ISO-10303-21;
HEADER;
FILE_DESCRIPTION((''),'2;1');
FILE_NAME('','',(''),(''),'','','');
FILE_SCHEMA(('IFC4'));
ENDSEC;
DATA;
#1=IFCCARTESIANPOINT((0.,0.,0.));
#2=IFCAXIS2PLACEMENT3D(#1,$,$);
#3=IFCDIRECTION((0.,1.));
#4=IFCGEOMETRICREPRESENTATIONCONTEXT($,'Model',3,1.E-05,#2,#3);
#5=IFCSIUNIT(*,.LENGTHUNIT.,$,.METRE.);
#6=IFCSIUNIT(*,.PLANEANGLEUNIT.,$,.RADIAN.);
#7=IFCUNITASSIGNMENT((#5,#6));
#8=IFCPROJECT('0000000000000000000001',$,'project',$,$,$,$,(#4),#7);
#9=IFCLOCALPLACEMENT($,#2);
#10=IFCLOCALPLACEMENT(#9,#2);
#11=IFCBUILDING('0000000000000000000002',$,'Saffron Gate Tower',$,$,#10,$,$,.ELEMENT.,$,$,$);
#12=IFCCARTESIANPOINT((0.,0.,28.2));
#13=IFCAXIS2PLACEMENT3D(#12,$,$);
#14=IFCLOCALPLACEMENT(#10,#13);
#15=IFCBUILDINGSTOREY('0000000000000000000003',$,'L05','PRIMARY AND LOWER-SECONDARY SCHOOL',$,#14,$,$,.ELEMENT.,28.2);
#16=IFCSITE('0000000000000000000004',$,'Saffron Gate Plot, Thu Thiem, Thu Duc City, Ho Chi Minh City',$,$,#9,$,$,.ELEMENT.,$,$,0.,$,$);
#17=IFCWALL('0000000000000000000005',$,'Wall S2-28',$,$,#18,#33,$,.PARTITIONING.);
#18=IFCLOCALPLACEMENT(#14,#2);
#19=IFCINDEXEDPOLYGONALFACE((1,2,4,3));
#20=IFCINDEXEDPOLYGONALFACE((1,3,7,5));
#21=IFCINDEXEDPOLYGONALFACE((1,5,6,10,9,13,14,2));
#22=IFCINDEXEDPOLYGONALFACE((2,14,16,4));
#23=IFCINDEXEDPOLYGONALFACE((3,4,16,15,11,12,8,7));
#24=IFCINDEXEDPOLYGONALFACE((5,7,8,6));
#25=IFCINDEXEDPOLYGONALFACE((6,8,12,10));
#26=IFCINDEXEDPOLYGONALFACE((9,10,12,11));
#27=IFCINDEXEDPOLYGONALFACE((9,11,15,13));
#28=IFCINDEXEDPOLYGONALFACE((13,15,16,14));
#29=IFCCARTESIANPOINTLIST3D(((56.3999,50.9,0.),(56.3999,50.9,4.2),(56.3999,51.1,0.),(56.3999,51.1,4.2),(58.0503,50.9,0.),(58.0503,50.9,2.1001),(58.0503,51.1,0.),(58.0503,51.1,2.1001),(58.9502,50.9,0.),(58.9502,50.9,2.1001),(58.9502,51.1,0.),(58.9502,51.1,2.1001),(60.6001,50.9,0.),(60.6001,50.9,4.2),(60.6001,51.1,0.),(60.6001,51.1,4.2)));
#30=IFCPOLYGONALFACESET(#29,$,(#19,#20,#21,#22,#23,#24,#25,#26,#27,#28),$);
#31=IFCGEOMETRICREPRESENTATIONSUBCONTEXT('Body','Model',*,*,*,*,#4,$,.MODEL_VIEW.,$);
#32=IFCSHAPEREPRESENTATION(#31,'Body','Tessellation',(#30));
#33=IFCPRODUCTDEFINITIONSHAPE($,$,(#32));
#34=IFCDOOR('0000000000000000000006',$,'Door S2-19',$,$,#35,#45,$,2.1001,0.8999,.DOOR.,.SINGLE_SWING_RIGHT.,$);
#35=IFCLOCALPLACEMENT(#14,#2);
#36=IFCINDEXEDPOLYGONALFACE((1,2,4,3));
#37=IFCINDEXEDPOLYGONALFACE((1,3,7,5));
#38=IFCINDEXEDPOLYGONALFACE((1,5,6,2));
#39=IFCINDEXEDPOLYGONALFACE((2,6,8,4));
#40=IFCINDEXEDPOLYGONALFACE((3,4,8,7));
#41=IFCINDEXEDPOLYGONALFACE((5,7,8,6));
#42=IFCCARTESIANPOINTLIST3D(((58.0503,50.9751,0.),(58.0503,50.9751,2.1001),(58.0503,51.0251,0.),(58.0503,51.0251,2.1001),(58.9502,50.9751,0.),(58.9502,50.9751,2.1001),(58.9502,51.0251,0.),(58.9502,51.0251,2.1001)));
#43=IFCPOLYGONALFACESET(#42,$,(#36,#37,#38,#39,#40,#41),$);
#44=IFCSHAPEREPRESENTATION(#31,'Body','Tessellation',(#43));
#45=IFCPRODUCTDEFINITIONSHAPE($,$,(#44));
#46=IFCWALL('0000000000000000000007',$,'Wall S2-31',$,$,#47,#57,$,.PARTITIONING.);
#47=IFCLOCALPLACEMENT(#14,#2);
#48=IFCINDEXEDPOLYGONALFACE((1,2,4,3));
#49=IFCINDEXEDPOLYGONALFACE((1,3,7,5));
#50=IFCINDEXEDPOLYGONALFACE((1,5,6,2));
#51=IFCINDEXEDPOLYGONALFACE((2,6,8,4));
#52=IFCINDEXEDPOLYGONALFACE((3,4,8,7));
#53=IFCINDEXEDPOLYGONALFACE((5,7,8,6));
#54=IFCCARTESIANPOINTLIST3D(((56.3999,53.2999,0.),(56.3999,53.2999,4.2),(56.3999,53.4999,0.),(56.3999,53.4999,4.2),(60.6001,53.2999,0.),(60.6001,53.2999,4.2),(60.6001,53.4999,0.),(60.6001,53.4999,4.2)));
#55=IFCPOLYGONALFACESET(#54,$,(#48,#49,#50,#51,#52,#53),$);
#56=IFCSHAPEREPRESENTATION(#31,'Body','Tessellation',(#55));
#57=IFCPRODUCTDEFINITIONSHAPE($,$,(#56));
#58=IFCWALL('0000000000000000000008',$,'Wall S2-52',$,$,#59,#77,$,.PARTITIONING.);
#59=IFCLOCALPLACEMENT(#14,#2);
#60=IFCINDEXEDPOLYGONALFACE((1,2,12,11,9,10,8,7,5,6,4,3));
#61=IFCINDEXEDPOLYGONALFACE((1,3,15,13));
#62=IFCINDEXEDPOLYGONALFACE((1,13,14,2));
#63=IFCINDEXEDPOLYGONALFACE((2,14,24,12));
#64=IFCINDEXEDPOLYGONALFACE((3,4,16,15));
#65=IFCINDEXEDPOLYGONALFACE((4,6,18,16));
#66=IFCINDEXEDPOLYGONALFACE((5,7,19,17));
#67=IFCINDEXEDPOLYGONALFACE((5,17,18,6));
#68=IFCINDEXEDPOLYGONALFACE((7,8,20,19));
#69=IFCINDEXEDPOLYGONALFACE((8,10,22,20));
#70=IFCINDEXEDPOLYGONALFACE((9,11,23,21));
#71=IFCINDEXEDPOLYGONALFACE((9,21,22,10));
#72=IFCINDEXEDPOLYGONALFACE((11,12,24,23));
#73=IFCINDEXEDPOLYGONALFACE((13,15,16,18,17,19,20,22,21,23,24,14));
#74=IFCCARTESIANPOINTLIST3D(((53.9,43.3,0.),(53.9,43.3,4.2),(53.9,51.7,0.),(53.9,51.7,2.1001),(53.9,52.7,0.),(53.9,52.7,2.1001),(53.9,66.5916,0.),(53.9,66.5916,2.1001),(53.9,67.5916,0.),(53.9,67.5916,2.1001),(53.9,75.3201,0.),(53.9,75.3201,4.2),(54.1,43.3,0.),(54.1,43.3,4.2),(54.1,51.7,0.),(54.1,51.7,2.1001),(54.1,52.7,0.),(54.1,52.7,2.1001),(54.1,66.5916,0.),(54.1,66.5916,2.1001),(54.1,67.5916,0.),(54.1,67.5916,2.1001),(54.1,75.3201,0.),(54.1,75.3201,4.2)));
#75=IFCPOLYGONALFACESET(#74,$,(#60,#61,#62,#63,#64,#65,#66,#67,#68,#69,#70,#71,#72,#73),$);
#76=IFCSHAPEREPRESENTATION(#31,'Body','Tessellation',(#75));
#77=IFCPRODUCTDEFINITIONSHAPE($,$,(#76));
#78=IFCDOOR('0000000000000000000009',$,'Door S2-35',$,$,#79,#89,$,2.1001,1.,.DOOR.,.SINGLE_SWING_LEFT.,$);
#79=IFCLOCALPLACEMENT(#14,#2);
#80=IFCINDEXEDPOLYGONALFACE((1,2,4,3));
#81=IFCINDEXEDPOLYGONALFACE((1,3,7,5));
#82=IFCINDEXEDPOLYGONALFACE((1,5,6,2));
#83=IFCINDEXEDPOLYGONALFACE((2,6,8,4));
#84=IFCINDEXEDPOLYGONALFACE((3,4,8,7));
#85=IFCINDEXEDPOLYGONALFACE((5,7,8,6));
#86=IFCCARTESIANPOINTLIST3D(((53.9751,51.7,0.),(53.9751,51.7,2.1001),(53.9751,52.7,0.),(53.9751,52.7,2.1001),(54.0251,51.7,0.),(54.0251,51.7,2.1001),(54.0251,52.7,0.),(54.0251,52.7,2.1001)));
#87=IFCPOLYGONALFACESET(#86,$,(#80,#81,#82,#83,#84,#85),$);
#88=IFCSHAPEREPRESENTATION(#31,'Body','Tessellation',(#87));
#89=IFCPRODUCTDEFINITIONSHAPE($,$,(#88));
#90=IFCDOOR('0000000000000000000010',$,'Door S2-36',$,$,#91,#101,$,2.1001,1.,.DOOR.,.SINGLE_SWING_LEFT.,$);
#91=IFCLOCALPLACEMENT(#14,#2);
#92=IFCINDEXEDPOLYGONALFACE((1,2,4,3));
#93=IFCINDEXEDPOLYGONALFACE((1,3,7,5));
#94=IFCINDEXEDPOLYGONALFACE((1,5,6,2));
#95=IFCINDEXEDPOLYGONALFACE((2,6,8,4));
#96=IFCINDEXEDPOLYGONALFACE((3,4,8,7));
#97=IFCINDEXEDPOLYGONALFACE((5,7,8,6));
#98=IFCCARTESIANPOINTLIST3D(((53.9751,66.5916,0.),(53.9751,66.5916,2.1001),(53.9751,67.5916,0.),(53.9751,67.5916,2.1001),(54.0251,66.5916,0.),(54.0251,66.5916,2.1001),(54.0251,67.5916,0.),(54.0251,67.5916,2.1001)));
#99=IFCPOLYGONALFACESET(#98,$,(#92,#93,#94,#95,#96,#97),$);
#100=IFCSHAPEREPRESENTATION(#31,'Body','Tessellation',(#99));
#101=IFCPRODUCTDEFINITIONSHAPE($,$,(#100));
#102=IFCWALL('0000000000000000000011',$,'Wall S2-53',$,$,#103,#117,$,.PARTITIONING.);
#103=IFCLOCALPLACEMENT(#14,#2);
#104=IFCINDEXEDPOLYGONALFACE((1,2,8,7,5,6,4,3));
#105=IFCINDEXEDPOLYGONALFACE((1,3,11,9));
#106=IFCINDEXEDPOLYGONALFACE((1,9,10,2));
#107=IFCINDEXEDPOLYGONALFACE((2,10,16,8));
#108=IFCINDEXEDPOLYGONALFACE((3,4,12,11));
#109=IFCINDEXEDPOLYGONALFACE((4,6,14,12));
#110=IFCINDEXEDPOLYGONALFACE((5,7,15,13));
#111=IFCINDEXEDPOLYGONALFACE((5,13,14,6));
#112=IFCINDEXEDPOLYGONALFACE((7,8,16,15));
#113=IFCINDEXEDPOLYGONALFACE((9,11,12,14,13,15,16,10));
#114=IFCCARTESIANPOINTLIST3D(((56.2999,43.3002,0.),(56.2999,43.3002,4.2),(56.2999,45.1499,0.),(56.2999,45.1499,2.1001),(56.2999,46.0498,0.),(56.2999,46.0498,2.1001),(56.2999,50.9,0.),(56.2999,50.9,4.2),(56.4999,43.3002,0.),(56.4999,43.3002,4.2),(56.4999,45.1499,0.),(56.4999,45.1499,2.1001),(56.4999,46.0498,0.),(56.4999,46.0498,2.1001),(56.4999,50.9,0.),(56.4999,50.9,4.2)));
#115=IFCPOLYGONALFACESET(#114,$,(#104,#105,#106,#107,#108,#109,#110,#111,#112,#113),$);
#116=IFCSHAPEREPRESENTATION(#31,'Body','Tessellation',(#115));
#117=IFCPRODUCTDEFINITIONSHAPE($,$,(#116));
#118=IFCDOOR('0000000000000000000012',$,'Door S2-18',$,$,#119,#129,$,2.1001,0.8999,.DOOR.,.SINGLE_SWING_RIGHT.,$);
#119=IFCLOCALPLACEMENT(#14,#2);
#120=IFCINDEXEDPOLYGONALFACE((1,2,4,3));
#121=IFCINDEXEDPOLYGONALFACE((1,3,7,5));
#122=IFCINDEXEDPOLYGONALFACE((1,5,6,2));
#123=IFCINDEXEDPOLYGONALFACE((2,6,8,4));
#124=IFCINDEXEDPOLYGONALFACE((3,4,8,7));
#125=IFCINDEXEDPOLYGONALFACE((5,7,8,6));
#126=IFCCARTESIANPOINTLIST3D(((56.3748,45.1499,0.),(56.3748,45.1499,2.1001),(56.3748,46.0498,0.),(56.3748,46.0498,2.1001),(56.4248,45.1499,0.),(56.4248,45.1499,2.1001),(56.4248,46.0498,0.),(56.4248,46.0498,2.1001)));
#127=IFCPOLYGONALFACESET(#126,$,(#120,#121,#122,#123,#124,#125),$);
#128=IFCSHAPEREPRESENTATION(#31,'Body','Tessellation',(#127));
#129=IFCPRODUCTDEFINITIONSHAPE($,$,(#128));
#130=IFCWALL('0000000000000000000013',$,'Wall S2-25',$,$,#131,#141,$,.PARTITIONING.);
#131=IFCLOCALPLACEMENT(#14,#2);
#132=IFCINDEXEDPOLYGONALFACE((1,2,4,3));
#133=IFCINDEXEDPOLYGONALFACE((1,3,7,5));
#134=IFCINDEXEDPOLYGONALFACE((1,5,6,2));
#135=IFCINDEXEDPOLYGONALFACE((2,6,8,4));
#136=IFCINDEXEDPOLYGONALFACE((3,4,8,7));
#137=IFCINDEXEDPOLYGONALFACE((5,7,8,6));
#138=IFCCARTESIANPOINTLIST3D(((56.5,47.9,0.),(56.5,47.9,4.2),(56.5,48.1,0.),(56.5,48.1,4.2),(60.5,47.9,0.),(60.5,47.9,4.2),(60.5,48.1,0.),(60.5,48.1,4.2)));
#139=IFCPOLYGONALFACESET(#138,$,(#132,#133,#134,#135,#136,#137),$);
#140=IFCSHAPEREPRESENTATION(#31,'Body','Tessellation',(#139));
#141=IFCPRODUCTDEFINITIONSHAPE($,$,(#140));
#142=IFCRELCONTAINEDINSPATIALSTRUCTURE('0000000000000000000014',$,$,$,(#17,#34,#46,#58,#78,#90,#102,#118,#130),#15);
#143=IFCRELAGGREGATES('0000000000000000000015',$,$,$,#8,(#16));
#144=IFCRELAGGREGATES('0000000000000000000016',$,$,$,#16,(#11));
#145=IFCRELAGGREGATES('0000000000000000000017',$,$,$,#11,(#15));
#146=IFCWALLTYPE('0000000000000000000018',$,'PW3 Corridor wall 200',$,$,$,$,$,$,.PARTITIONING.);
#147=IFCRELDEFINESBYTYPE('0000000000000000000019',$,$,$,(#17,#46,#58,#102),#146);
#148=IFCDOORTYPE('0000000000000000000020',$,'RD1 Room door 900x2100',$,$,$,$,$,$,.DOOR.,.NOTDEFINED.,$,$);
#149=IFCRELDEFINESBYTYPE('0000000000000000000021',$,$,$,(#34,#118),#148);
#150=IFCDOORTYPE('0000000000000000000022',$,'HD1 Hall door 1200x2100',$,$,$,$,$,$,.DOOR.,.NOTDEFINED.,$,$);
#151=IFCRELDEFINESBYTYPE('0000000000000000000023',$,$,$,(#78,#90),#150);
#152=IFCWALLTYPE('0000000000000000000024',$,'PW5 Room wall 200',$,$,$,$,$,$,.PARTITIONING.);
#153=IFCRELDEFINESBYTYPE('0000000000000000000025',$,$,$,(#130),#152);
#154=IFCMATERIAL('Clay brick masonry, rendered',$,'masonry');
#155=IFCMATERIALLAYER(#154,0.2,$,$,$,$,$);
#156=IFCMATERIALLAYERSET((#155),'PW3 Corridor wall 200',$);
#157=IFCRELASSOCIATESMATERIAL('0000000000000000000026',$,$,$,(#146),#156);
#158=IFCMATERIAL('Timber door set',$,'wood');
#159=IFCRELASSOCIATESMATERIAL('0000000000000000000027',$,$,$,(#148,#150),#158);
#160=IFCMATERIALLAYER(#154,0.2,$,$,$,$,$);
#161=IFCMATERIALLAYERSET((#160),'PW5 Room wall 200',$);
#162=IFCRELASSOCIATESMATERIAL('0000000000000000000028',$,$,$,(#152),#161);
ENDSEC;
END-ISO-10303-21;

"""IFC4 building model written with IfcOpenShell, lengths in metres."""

from ifc_helpers import new_model, si_unit, direction, frame, frame_2d, origin, place, context, subcontext, project, spatial, rectangle, extrude, material, layer, layer_set, type_object, element, fill, save


model = new_model("IFC4")

# Units and contexts
model_context = context("Model", 3, precision=1e-05, world=origin(), true_north=direction((0.0, 1.0)))
body_context = subcontext(model_context, "Body", "Model", "MODEL_VIEW")
ifc_project = project(units=[si_unit("LENGTHUNIT", "METRE"), si_unit("PLANEANGLEUNIT", "RADIAN")], contexts=[model_context])

# Site, building, storey
site_placement = place(None, origin())
site = spatial("IfcSite", under=ifc_project, at=site_placement, Name="Saffron Gate Plot, Thu Thiem, Thu Duc City, Ho Chi Minh City", CompositionType="ELEMENT", RefElevation=0.0)
building_placement = place(site_placement, origin())
building = spatial("IfcBuilding", under=site, at=building_placement, Name="Saffron Gate Tower", CompositionType="ELEMENT")
storey_placement = place(building_placement, frame((0.0, 0.0, 28.2)))
storey = spatial("IfcBuildingStorey", under=building, at=storey_placement, Name="L05", Description="PRIMARY AND LOWER-SECONDARY SCHOOL", CompositionType="ELEMENT", Elevation=28.2)

# Shared definitions
ifc_material_1 = material(Name="Clay brick masonry, rendered", Category="masonry")
ifc_layer_1 = layer(ifc_material_1, 0.2)
ifc_layer_set_1 = layer_set([ifc_layer_1], Name="PW3 Corridor wall 200")
wall_type_1 = type_object("IfcWallType", Name="PW3 Corridor wall 200", PredefinedType="PARTITIONING", material=ifc_layer_set_1)

# Wall, opening, door
wall_1_placement = place(storey_placement, frame((60.6001, 51.0, 0.0), z_axis=(0.0, 0.0, 1.0), x_axis=(-1.0, 0.0, 0.0)))
wall_1 = element("IfcWall", 1, at=wall_1_placement, inside=storey, type_object=wall_type_1, Name="Wall S2-28", PredefinedType="PARTITIONING", context=body_context, shape_type="SweptSolid", body=[
    extrude(rectangle(XDim=4.2002, YDim=0.2, at=frame_2d((2.1001, 0.0))), origin(), (0.0, 0.0, 1.0), 4.2),
])
opening_1_placement = place(wall_1_placement, frame((1.6499, 0.0, 0.0)))
opening_1 = element("IfcOpeningElement", 2, at=opening_1_placement, cuts=wall_1, PredefinedType="OPENING", context=body_context, shape_type="SweptSolid", body=[
    extrude(rectangle(XDim=0.8999, YDim=2.1001, at=frame_2d((0.45, 1.05))), frame((0.0, 0.1099, 0.0), z_axis=(0.0, -1.0, 0.0), x_axis=(1.0, 0.0, 0.0)), (0.0, 0.0, 1.0), 0.22),
])
ifc_material_2 = material(Name="Timber door set", Category="wood")
door_type_1 = type_object("IfcDoorType", Name="RD1 Room door 900x2100", OperationType="NOTDEFINED", PredefinedType="DOOR", material=ifc_material_2)
door_1_placement = place(opening_1_placement, origin())
door_1 = element("IfcDoor", 3, at=door_1_placement, inside=storey, type_object=door_type_1, Name="Door S2-19", OperationType="SINGLE_SWING_RIGHT", OverallHeight=2.1001, OverallWidth=0.8999, PredefinedType="DOOR", context=body_context, shape_type="SweptSolid", body=[
    extrude(rectangle(XDim=0.8999, YDim=2.1001, at=frame_2d((0.45, 1.05))), frame((0.0, 0.0249, 0.0), z_axis=(0.0, -1.0, 0.0), x_axis=(1.0, 0.0, 0.0)), (0.0, 0.0, 1.0), 0.05),
])
fill(opening_1, door_1)

# Wall
wall_2_placement = place(storey_placement, frame((56.3999, 53.3999, 0.0), z_axis=(0.0, 0.0, 1.0), x_axis=(1.0, 0.0, 0.0)))
element("IfcWall", 4, at=wall_2_placement, inside=storey, type_object=wall_type_1, Name="Wall S2-31", PredefinedType="PARTITIONING", context=body_context, shape_type="SweptSolid", body=[
    extrude(rectangle(XDim=4.2002, YDim=0.2, at=frame_2d((2.1001, 0.0))), origin(), (0.0, 0.0, 1.0), 4.2),
])

# Wall, openings, doors
wall_3_placement = place(storey_placement, frame((54.0, 43.3, 0.0), z_axis=(0.0, 0.0, 1.0), x_axis=(0.0, 1.0, 0.0)))
wall_3 = element("IfcWall", 5, at=wall_3_placement, inside=storey, type_object=wall_type_1, Name="Wall S2-52", PredefinedType="PARTITIONING", context=body_context, shape_type="SweptSolid", body=[
    extrude(rectangle(XDim=32.02, YDim=0.2, at=frame_2d((16.01, 0.0))), origin(), (0.0, 0.0, 1.0), 4.2),
])
opening_2_placement = place(wall_3_placement, frame((8.3999, 0.0, 0.0)))
opening_2 = element("IfcOpeningElement", 6, at=opening_2_placement, cuts=wall_3, PredefinedType="OPENING", context=body_context, shape_type="SweptSolid", body=[
    extrude(rectangle(XDim=1.0, YDim=2.1001, at=frame_2d((0.5, 1.05))), frame((0.0, 0.1099, 0.0), z_axis=(0.0, -1.0, 0.0), x_axis=(1.0, 0.0, 0.0)), (0.0, 0.0, 1.0), 0.22),
])
opening_3_placement = place(wall_3_placement, frame((23.2915, 0.0, 0.0)))
opening_3 = element("IfcOpeningElement", 7, at=opening_3_placement, cuts=wall_3, PredefinedType="OPENING", context=body_context, shape_type="SweptSolid", body=[
    extrude(rectangle(XDim=1.0, YDim=2.1001, at=frame_2d((0.5, 1.05))), frame((0.0, 0.1099, 0.0), z_axis=(0.0, -1.0, 0.0), x_axis=(1.0, 0.0, 0.0)), (0.0, 0.0, 1.0), 0.22),
])
door_type_2 = type_object("IfcDoorType", Name="HD1 Hall door 1200x2100", OperationType="NOTDEFINED", PredefinedType="DOOR", material=ifc_material_2)
door_2_placement = place(opening_2_placement, origin())
door_2 = element("IfcDoor", 8, at=door_2_placement, inside=storey, type_object=door_type_2, Name="Door S2-35", OperationType="SINGLE_SWING_LEFT", OverallHeight=2.1001, OverallWidth=1.0, PredefinedType="DOOR", context=body_context, shape_type="SweptSolid", body=[
    extrude(rectangle(XDim=1.0, YDim=2.1001, at=frame_2d((0.5, 1.05))), frame((0.0, 0.0249, 0.0), z_axis=(0.0, -1.0, 0.0), x_axis=(1.0, 0.0, 0.0)), (0.0, 0.0, 1.0), 0.05),
])
fill(opening_2, door_2)
door_3_placement = place(opening_3_placement, origin())
door_3 = element("IfcDoor", 9, at=door_3_placement, inside=storey, type_object=door_type_2, Name="Door S2-36", OperationType="SINGLE_SWING_LEFT", OverallHeight=2.1001, OverallWidth=1.0, PredefinedType="DOOR", context=body_context, shape_type="SweptSolid", body=[
    extrude(rectangle(XDim=1.0, YDim=2.1001, at=frame_2d((0.5, 1.05))), frame((0.0, 0.0249, 0.0), z_axis=(0.0, -1.0, 0.0), x_axis=(1.0, 0.0, 0.0)), (0.0, 0.0, 1.0), 0.05),
])
fill(opening_3, door_3)

# Wall, opening, door
wall_4_placement = place(storey_placement, frame((56.3999, 50.8999, 0.0), z_axis=(0.0, 0.0, 1.0), x_axis=(0.0, -1.0, 0.0)))
wall_4 = element("IfcWall", 10, at=wall_4_placement, inside=storey, type_object=wall_type_1, Name="Wall S2-53", PredefinedType="PARTITIONING", context=body_context, shape_type="SweptSolid", body=[
    extrude(rectangle(XDim=7.5999, YDim=0.2, at=frame_2d((3.7998, 0.0))), origin(), (0.0, 0.0, 1.0), 4.2),
])
opening_4_placement = place(wall_4_placement, frame((4.8501, 0.0, 0.0)))
opening_4 = element("IfcOpeningElement", 11, at=opening_4_placement, cuts=wall_4, PredefinedType="OPENING", context=body_context, shape_type="SweptSolid", body=[
    extrude(rectangle(XDim=0.8999, YDim=2.1001, at=frame_2d((0.45, 1.05))), frame((0.0, 0.1099, 0.0), z_axis=(0.0, -1.0, 0.0), x_axis=(1.0, 0.0, 0.0)), (0.0, 0.0, 1.0), 0.22),
])
door_4_placement = place(opening_4_placement, origin())
door_4 = element("IfcDoor", 12, at=door_4_placement, inside=storey, type_object=door_type_1, Name="Door S2-18", OperationType="SINGLE_SWING_RIGHT", OverallHeight=2.1001, OverallWidth=0.8999, PredefinedType="DOOR", context=body_context, shape_type="SweptSolid", body=[
    extrude(rectangle(XDim=0.8999, YDim=2.1001, at=frame_2d((0.45, 1.05))), frame((0.0, 0.0249, 0.0), z_axis=(0.0, -1.0, 0.0), x_axis=(1.0, 0.0, 0.0)), (0.0, 0.0, 1.0), 0.05),
])
fill(opening_4, door_4)

# Wall
ifc_layer_2 = layer(ifc_material_1, 0.2)
ifc_layer_set_2 = layer_set([ifc_layer_2], Name="PW5 Room wall 200")
wall_type_2 = type_object("IfcWallType", Name="PW5 Room wall 200", PredefinedType="PARTITIONING", material=ifc_layer_set_2)
wall_5_placement = place(storey_placement, frame((56.5, 48.0, 0.0), z_axis=(0.0, 0.0, 1.0), x_axis=(1.0, 0.0, 0.0)))
element("IfcWall", 13, at=wall_5_placement, inside=storey, type_object=wall_type_2, Name="Wall S2-25", PredefinedType="PARTITIONING", context=body_context, shape_type="SweptSolid", body=[
    extrude(rectangle(XDim=4.0, YDim=0.2, at=frame_2d((2.0, 0.0))), origin(), (0.0, 0.0, 1.0), 4.2),
])

save(model, "model.ifc")
